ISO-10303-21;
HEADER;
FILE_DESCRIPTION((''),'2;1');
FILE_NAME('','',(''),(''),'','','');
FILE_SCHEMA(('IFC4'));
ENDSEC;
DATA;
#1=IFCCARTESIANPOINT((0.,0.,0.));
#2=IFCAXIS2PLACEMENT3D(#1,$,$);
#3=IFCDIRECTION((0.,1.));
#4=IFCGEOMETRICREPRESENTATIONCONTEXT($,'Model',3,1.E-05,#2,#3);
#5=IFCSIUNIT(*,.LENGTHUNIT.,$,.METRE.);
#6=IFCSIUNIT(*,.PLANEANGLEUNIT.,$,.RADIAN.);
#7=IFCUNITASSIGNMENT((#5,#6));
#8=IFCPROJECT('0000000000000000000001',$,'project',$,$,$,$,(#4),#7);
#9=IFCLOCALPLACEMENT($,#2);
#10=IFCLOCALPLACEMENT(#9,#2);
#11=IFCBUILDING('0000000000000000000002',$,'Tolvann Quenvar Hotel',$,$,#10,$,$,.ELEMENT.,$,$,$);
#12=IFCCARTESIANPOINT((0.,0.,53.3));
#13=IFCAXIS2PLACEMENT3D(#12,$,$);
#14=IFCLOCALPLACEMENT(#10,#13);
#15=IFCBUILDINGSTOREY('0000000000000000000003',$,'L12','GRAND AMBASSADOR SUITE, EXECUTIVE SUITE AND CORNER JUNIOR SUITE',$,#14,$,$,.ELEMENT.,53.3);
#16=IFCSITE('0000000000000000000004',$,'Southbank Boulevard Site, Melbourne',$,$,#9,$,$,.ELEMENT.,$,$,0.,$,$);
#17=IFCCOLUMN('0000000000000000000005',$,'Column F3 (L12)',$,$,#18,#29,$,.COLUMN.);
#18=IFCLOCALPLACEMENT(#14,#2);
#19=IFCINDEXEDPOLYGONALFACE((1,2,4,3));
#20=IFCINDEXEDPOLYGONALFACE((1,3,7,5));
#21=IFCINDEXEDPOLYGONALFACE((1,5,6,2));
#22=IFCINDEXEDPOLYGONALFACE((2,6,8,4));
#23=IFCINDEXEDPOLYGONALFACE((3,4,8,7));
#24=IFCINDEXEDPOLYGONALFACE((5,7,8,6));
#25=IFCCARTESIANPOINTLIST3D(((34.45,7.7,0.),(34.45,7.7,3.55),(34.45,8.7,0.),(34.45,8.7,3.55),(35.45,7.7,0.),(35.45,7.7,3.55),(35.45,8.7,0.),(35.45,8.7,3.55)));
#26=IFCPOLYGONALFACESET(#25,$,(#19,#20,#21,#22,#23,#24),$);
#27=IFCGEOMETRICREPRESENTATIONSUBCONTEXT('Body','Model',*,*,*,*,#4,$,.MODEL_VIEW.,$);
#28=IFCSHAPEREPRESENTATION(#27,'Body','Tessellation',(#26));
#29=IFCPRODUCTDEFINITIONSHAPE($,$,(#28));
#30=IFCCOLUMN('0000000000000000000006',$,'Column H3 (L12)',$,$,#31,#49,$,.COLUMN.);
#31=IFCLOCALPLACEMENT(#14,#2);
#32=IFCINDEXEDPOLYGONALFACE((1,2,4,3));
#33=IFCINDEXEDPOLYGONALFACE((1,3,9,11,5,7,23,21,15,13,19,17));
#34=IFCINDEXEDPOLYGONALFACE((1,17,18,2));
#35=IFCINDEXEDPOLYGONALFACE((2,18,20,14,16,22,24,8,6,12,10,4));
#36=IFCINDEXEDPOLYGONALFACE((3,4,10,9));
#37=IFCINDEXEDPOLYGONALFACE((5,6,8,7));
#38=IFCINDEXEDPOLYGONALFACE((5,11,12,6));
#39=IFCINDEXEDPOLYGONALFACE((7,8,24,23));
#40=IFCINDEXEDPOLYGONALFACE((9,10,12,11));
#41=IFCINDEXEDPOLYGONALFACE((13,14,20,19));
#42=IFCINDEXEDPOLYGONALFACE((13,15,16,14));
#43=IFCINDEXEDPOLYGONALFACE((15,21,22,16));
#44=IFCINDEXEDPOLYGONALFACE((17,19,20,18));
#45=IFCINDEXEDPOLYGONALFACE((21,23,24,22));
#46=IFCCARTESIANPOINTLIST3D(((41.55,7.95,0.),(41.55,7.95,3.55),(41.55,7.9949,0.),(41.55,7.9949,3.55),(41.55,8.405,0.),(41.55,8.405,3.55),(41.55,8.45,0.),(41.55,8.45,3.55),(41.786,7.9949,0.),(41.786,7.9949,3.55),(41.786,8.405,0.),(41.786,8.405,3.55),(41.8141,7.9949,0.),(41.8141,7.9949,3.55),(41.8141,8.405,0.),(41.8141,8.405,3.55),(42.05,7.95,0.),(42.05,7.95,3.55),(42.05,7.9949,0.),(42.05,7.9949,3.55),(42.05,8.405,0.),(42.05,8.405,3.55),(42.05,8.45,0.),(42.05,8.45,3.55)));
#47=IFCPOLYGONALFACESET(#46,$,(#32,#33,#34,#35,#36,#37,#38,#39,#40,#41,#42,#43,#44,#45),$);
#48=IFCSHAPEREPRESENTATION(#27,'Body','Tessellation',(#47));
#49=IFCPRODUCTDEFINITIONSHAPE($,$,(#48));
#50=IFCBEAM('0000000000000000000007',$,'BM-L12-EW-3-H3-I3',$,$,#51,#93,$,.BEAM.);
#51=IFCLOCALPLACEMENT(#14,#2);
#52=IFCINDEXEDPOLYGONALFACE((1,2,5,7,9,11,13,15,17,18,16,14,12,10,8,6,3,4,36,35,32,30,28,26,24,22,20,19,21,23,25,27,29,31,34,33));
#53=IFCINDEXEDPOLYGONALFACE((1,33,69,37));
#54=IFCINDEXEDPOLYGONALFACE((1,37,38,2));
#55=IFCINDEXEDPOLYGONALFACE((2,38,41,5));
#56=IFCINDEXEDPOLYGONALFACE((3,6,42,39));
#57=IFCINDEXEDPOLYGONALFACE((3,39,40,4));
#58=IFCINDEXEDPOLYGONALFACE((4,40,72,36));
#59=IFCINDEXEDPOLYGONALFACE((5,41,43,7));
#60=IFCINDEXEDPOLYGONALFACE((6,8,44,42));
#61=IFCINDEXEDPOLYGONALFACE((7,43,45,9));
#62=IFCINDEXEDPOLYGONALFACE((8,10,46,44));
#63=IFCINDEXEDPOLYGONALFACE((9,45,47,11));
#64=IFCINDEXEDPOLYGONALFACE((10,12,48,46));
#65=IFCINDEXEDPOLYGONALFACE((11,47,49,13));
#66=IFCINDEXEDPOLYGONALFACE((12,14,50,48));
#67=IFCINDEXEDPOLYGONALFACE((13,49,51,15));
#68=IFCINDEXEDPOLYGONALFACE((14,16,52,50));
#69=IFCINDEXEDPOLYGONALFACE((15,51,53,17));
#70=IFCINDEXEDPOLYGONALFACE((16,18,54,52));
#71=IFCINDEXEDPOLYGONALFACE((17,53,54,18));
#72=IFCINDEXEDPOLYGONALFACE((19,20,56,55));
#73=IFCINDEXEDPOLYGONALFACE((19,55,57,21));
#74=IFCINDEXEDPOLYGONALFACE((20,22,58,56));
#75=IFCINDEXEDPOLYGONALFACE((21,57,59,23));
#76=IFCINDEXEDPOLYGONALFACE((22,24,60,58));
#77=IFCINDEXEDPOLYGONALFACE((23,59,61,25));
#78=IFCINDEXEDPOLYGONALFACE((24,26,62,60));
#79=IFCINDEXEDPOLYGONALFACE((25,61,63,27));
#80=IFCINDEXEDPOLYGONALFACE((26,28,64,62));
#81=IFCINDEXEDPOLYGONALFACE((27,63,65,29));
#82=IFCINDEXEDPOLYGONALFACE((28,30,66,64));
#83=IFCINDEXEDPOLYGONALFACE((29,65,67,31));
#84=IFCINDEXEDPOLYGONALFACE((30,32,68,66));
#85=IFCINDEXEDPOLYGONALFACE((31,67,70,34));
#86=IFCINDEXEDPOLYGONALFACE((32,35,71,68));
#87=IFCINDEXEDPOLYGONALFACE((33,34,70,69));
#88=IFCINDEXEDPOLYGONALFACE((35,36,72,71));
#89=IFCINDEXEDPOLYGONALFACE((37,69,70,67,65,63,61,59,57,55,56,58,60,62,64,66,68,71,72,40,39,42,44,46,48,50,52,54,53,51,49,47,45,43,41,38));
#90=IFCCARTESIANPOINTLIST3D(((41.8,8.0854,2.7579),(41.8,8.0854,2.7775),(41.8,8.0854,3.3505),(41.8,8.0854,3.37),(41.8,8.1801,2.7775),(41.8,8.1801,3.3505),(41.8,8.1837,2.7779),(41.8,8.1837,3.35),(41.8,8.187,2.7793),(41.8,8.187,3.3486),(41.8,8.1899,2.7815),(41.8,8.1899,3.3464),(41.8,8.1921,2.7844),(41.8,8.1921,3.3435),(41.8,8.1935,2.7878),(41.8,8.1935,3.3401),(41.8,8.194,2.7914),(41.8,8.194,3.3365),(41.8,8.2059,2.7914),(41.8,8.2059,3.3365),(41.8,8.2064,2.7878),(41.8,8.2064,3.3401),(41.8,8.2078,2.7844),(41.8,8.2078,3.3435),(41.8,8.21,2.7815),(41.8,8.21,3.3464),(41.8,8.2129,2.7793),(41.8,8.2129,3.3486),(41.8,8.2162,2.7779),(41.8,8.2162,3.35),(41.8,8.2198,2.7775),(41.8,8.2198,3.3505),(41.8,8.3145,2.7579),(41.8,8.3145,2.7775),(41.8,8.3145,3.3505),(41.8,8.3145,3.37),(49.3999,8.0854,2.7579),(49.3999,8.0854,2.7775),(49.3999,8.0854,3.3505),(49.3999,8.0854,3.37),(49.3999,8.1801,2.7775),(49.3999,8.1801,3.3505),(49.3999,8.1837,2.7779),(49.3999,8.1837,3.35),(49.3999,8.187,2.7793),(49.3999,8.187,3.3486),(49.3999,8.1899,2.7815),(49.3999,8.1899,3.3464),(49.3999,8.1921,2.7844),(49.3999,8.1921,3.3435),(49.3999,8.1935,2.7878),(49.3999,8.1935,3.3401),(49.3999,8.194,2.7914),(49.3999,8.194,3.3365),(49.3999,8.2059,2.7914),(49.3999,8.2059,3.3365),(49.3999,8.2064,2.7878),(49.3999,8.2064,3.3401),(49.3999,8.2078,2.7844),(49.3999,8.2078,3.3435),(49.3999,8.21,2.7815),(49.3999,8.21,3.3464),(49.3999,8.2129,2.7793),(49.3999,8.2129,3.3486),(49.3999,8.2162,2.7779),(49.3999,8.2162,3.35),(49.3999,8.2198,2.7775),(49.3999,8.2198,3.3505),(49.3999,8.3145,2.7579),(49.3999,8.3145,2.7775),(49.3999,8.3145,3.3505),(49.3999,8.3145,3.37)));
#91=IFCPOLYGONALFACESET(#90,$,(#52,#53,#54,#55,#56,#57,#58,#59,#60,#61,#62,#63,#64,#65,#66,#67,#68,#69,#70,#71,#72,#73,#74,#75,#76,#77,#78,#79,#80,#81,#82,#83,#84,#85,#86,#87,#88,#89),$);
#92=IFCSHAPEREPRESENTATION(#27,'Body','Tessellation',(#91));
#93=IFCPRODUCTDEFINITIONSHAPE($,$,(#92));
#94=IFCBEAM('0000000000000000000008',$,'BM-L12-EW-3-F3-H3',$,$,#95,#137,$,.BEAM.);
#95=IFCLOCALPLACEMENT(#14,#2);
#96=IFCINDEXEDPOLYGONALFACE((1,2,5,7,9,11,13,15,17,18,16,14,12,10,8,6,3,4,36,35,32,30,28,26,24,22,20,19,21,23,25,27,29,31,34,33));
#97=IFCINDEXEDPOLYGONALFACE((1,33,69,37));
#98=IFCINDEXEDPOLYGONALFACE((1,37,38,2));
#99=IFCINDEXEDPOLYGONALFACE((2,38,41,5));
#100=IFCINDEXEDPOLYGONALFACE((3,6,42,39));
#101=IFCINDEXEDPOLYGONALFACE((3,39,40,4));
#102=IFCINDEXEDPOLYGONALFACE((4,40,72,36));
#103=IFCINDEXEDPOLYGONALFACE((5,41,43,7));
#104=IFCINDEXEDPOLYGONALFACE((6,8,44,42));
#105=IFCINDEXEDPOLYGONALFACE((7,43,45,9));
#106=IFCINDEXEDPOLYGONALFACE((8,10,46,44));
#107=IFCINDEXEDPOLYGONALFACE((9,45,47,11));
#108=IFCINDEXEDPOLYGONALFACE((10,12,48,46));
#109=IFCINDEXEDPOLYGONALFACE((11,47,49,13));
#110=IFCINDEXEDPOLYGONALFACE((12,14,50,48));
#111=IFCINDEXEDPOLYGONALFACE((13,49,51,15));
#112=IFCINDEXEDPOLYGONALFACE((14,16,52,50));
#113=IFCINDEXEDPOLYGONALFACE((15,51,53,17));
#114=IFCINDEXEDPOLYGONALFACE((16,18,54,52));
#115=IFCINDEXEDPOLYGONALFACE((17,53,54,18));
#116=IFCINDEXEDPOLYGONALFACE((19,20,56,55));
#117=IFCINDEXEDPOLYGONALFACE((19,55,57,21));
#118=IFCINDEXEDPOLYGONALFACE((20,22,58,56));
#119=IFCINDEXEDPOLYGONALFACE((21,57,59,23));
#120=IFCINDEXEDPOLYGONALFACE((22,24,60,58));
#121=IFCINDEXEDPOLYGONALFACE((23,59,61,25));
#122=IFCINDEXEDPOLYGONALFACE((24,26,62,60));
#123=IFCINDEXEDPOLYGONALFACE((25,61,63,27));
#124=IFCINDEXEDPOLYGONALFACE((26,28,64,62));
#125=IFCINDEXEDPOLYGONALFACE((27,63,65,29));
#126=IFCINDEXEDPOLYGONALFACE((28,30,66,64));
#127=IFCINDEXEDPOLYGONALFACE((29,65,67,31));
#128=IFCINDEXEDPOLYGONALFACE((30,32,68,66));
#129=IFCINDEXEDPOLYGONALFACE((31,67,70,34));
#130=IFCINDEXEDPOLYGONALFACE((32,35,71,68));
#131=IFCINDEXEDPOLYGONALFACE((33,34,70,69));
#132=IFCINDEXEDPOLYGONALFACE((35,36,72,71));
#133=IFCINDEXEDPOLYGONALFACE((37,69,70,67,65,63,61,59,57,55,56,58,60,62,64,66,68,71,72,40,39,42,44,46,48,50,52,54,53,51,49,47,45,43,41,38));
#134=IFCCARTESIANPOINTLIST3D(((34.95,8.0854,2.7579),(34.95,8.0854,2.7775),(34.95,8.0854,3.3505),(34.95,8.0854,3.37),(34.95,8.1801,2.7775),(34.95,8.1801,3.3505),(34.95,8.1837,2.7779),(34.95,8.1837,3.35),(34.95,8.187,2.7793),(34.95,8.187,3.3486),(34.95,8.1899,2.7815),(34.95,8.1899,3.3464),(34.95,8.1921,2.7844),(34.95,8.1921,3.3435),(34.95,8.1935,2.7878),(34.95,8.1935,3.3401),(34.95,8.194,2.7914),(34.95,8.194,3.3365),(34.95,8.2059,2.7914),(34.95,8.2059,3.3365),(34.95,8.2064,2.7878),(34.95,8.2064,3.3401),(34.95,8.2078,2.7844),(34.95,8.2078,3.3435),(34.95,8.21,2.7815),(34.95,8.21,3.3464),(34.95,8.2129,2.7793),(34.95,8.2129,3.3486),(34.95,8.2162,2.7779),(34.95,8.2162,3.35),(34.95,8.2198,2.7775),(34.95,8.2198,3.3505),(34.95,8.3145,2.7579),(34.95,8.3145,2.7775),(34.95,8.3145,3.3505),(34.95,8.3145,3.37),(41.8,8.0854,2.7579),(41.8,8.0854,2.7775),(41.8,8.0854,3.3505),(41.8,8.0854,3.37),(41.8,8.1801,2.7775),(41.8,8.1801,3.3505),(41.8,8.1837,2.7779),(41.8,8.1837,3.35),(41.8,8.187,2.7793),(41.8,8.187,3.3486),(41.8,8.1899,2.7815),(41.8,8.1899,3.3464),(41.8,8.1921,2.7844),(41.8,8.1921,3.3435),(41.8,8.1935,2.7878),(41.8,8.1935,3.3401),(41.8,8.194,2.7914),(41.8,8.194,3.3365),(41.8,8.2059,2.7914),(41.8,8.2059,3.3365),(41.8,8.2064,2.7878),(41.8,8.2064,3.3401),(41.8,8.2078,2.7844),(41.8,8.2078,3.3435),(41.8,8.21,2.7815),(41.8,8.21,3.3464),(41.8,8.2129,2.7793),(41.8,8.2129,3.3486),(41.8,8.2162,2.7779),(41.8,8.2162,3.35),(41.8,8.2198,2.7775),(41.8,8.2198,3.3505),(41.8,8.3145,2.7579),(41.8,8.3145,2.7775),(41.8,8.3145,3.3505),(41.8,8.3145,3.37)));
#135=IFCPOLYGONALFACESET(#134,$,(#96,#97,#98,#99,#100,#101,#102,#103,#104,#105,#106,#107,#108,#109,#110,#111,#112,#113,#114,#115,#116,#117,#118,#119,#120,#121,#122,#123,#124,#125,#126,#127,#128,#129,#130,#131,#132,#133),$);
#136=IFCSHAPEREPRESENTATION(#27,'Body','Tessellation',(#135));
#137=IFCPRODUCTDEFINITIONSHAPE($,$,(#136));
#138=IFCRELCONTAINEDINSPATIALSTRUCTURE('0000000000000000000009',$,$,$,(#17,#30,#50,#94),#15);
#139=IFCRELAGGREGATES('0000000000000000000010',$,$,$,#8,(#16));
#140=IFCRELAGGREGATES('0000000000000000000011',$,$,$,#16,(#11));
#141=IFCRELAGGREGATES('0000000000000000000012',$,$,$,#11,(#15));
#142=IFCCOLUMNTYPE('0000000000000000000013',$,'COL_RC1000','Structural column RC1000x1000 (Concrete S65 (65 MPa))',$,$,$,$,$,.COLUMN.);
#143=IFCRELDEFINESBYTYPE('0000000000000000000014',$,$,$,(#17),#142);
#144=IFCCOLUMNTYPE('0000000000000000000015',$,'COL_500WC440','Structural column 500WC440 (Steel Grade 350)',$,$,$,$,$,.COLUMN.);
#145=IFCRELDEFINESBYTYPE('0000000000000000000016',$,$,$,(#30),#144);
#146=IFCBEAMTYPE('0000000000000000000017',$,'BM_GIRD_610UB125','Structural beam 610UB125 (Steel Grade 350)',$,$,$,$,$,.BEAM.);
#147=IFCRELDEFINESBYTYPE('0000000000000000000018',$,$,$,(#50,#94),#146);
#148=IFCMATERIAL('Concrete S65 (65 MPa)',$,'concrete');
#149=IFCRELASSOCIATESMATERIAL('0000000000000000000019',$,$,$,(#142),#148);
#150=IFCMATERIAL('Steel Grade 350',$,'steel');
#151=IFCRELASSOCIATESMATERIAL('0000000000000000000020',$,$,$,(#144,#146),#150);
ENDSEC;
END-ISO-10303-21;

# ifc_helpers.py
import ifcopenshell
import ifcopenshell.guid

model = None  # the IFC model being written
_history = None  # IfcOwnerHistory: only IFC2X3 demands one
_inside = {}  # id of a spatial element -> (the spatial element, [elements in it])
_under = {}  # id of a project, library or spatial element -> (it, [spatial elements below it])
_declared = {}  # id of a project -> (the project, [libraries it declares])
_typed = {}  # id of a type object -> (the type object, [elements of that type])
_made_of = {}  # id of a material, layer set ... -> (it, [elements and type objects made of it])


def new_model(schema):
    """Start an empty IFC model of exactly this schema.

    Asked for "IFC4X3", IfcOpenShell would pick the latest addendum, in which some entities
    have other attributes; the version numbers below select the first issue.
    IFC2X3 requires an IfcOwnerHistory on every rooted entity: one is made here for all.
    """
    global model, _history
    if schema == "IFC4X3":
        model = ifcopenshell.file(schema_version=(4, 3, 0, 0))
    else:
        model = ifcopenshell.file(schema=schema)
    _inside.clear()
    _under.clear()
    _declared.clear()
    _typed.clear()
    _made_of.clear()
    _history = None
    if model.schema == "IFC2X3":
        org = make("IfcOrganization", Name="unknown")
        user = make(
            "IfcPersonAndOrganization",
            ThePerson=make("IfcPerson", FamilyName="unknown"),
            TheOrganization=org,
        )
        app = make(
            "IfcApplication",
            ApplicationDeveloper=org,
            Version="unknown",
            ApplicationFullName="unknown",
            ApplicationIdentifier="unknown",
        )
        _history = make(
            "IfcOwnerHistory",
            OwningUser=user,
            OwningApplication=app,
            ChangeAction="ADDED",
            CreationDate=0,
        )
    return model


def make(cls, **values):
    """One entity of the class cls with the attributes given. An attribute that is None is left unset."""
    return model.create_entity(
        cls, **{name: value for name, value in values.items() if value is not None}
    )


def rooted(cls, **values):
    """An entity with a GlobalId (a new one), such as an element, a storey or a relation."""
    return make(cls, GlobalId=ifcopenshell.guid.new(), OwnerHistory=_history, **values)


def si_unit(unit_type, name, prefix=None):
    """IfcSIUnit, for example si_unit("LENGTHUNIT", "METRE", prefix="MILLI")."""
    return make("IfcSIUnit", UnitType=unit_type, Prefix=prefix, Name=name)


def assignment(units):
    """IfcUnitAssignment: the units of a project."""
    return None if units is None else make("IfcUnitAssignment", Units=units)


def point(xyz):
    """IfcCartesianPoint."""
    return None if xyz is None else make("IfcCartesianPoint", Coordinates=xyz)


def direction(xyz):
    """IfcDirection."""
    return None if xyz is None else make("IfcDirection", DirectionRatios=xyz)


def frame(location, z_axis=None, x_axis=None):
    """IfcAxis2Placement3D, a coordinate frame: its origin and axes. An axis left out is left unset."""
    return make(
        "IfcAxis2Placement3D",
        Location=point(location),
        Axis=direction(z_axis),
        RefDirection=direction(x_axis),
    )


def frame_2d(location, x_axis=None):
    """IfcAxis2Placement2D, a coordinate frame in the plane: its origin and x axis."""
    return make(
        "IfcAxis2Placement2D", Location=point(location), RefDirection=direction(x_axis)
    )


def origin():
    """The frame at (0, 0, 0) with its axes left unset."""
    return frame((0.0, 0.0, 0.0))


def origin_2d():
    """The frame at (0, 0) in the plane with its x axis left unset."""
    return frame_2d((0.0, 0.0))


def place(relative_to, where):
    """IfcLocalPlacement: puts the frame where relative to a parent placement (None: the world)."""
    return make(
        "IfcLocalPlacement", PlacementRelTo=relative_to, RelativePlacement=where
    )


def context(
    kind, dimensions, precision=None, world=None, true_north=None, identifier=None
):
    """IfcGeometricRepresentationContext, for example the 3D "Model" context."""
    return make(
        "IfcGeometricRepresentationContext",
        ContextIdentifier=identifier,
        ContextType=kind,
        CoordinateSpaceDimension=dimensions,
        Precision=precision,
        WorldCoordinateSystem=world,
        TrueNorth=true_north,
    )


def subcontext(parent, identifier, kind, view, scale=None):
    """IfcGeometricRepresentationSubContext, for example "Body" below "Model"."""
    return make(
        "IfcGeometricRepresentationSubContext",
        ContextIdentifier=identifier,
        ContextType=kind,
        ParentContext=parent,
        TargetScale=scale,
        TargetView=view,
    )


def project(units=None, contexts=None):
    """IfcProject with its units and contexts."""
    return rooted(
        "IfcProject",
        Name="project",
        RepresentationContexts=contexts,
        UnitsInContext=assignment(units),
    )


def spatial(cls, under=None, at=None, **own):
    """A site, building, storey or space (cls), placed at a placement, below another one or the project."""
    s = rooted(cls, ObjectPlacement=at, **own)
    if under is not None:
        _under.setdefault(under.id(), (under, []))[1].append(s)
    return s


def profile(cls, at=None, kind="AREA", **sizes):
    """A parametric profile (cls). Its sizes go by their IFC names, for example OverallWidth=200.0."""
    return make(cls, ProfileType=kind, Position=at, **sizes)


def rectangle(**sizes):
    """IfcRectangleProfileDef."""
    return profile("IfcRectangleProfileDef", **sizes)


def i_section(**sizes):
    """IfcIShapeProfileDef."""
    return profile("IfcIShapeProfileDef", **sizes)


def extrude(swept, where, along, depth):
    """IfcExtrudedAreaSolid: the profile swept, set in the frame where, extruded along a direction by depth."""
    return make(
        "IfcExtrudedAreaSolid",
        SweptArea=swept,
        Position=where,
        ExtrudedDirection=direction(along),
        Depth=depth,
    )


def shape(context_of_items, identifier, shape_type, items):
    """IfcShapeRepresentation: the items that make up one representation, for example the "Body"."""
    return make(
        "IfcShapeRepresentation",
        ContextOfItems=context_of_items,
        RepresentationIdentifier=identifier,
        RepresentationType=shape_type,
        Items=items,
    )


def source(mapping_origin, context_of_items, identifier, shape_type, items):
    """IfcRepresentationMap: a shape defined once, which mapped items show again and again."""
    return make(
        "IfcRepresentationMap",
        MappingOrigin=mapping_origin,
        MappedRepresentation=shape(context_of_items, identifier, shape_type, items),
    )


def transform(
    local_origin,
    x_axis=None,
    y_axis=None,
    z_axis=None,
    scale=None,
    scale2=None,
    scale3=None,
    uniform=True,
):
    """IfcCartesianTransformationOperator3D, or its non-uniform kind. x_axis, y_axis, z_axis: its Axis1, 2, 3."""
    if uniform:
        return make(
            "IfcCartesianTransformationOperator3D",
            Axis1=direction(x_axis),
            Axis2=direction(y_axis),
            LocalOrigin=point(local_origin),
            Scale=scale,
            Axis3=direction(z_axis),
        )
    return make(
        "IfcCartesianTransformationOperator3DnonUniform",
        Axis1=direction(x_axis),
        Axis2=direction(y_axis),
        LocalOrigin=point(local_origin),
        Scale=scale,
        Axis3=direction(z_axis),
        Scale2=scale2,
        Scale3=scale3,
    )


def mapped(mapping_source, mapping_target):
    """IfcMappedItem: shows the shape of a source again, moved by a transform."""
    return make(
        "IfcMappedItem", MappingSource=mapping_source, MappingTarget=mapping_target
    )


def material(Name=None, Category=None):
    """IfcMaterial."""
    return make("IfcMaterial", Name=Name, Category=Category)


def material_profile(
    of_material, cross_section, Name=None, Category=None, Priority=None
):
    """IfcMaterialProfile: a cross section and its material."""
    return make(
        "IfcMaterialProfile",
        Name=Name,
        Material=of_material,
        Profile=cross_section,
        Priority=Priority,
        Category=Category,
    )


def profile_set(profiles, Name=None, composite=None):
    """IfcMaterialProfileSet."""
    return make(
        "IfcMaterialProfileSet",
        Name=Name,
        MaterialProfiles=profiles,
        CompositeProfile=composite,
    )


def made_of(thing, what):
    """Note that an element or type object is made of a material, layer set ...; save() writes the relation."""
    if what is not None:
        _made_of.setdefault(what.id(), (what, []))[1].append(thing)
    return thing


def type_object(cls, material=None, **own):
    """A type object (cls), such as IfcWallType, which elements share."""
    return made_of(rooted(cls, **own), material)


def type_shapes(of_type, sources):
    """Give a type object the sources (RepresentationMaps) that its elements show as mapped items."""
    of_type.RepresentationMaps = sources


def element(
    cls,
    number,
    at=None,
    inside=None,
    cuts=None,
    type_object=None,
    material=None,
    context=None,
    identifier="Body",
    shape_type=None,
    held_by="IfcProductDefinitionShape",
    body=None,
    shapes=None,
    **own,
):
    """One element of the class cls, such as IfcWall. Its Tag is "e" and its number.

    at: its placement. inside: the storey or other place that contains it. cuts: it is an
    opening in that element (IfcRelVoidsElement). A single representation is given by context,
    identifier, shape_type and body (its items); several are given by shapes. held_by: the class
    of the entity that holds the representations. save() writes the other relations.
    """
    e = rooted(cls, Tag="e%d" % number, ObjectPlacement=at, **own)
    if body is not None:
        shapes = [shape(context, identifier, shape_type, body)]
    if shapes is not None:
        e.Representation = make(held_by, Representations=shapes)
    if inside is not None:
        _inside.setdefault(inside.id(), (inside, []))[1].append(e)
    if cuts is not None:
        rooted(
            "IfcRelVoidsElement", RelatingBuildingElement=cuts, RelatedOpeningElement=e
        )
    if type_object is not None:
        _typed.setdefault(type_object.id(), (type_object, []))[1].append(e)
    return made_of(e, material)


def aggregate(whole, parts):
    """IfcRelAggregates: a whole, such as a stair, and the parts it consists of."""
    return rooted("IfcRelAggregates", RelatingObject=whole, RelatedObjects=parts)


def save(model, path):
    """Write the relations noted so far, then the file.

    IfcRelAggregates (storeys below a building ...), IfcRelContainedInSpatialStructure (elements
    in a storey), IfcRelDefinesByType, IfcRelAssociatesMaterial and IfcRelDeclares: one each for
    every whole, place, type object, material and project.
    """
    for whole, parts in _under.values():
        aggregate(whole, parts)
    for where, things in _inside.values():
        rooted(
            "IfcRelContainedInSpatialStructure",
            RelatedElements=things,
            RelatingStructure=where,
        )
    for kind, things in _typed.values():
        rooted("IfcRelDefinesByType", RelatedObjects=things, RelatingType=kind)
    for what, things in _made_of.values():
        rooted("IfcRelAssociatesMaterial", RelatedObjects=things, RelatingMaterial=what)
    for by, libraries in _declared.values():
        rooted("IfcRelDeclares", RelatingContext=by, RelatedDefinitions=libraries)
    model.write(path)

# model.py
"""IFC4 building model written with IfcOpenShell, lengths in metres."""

from ifc_helpers import new_model, si_unit, direction, frame, origin, origin_2d, place, context, subcontext, project, spatial, rectangle, i_section, extrude, source, transform, mapped, material, material_profile, profile_set, type_object, type_shapes, element, save


model = new_model("IFC4")

# Units and contexts
model_context = context("Model", 3, precision=1e-05, world=origin(), true_north=direction((0.0, 1.0)))
body_context = subcontext(model_context, "Body", "Model", "MODEL_VIEW")
ifc_project = project(units=[si_unit("LENGTHUNIT", "METRE"), si_unit("PLANEANGLEUNIT", "RADIAN")], contexts=[model_context])

# Site, building, storey
site_placement = place(None, origin())
site = spatial("IfcSite", under=ifc_project, at=site_placement, Name="Southbank Boulevard Site, Melbourne", CompositionType="ELEMENT", RefElevation=0.0)
building_placement = place(site_placement, origin())
building = spatial("IfcBuilding", under=site, at=building_placement, Name="Tolvann Quenvar Hotel", CompositionType="ELEMENT")
storey_placement = place(building_placement, frame((0.0, 0.0, 53.3)))
storey = spatial("IfcBuildingStorey", under=building, at=storey_placement, Name="L12", Description="GRAND AMBASSADOR SUITE, EXECUTIVE SUITE AND CORNER JUNIOR SUITE", CompositionType="ELEMENT", Elevation=53.3)

# Columns
ifc_material_1 = material(Name="Concrete S65 (65 MPa)", Category="concrete")
ifc_material_profile_1 = material_profile(ifc_material_1, rectangle(XDim=1.0, YDim=1.0, at=origin_2d()), Name="RC1000x1000")
ifc_profile_set_1 = profile_set([ifc_material_profile_1], Name="Concrete S65 (65 MPa)")
column_type_1 = type_object("IfcColumnType", Name="COL_RC1000", Description="Structural column RC1000x1000 (Concrete S65 (65 MPa))", PredefinedType="COLUMN", material=ifc_profile_set_1)
shared_shape_1 = source(origin(), body_context, "Body", "SweptSolid", [
    extrude(rectangle(XDim=1.0, YDim=1.0, at=origin_2d()), origin(), (0.0, 0.0, 1.0), 3.55),
])
type_shapes(column_type_1, [shared_shape_1])
column_1_placement = place(storey_placement, frame((34.95, 8.2, 0.0), z_axis=(0.0, 0.0, 1.0), x_axis=(1.0, 0.0, 0.0)))
element("IfcColumn", 1, at=column_1_placement, inside=storey, type_object=column_type_1, Name="Column F3 (L12)", PredefinedType="COLUMN", context=body_context, shape_type="MappedRepresentation", body=[
    mapped(shared_shape_1, transform((0.0, 0.0, 0.0), x_axis=(1.0, 0.0, 0.0), y_axis=(0.0, 1.0, 0.0), z_axis=(0.0, 0.0, 1.0), scale=1.0)),
])
ifc_material_2 = material(Name="Steel Grade 350", Category="steel")
ifc_material_profile_2 = material_profile(ifc_material_2, i_section(OverallWidth=0.5, OverallDepth=0.5, WebThickness=0.0281, FlangeThickness=0.0449, at=origin_2d()), Name="500WC440")
ifc_profile_set_2 = profile_set([ifc_material_profile_2], Name="Steel Grade 350")
column_type_2 = type_object("IfcColumnType", Name="COL_500WC440", Description="Structural column 500WC440 (Steel Grade 350)", PredefinedType="COLUMN", material=ifc_profile_set_2)
shared_shape_2 = source(origin(), body_context, "Body", "SweptSolid", [
    extrude(i_section(OverallWidth=0.5, OverallDepth=0.5, WebThickness=0.0281, FlangeThickness=0.0449, at=origin_2d()), origin(), (0.0, 0.0, 1.0), 3.55),
])
type_shapes(column_type_2, [shared_shape_2])
column_2_placement = place(storey_placement, frame((41.8, 8.2, 0.0), z_axis=(0.0, 0.0, 1.0), x_axis=(1.0, 0.0, 0.0)))
element("IfcColumn", 2, at=column_2_placement, inside=storey, type_object=column_type_2, Name="Column H3 (L12)", PredefinedType="COLUMN", context=body_context, shape_type="MappedRepresentation", body=[
    mapped(shared_shape_2, transform((0.0, 0.0, 0.0), x_axis=(1.0, 0.0, 0.0), y_axis=(0.0, 1.0, 0.0), z_axis=(0.0, 0.0, 1.0), scale=1.0)),
])

# Beams
ifc_material_profile_3 = material_profile(ifc_material_2, i_section(OverallWidth=0.229, OverallDepth=0.6121, WebThickness=0.012, FlangeThickness=0.0195, FilletRadius=0.0139, at=origin_2d()), Name="610UB125")
ifc_profile_set_3 = profile_set([ifc_material_profile_3], Name="Steel Grade 350")
beam_type_1 = type_object("IfcBeamType", Name="BM_GIRD_610UB125", Description="Structural beam 610UB125 (Steel Grade 350)", PredefinedType="BEAM", material=ifc_profile_set_3)
shared_shape_3 = source(origin(), body_context, "Body", "SweptSolid", [
    extrude(i_section(OverallWidth=0.229, OverallDepth=0.6121, WebThickness=0.012, FlangeThickness=0.0195, FilletRadius=0.0139, at=origin_2d()), origin(), (0.0, 0.0, 1.0), 7.5999),
])
beam_1_placement = place(storey_placement, frame((41.8, 8.2, 3.064), z_axis=(1.0, 0.0, 0.0), x_axis=(0.0, 1.0, 0.0)))
element("IfcBeam", 3, at=beam_1_placement, inside=storey, type_object=beam_type_1, Name="BM-L12-EW-3-H3-I3", PredefinedType="BEAM", context=body_context, shape_type="MappedRepresentation", body=[
    mapped(shared_shape_3, transform((0.0, 0.0, 0.0), x_axis=(1.0, 0.0, 0.0), y_axis=(0.0, 1.0, 0.0), z_axis=(0.0, 0.0, 1.0), scale=1.0)),
])
shared_shape_4 = source(origin(), body_context, "Body", "SweptSolid", [
    extrude(i_section(OverallWidth=0.229, OverallDepth=0.6121, WebThickness=0.012, FlangeThickness=0.0195, FilletRadius=0.0139, at=origin_2d()), origin(), (0.0, 0.0, 1.0), 6.8501),
])
type_shapes(beam_type_1, [shared_shape_3, shared_shape_4])
beam_2_placement = place(storey_placement, frame((34.95, 8.2, 3.064), z_axis=(1.0, 0.0, 0.0), x_axis=(0.0, 1.0, 0.0)))
element("IfcBeam", 4, at=beam_2_placement, inside=storey, type_object=beam_type_1, Name="BM-L12-EW-3-F3-H3", PredefinedType="BEAM", context=body_context, shape_type="MappedRepresentation", body=[
    mapped(shared_shape_4, transform((0.0, 0.0, 0.0), x_axis=(1.0, 0.0, 0.0), y_axis=(0.0, 1.0, 0.0), z_axis=(0.0, 0.0, 1.0), scale=1.0)),
])

save(model, "model.ifc")
